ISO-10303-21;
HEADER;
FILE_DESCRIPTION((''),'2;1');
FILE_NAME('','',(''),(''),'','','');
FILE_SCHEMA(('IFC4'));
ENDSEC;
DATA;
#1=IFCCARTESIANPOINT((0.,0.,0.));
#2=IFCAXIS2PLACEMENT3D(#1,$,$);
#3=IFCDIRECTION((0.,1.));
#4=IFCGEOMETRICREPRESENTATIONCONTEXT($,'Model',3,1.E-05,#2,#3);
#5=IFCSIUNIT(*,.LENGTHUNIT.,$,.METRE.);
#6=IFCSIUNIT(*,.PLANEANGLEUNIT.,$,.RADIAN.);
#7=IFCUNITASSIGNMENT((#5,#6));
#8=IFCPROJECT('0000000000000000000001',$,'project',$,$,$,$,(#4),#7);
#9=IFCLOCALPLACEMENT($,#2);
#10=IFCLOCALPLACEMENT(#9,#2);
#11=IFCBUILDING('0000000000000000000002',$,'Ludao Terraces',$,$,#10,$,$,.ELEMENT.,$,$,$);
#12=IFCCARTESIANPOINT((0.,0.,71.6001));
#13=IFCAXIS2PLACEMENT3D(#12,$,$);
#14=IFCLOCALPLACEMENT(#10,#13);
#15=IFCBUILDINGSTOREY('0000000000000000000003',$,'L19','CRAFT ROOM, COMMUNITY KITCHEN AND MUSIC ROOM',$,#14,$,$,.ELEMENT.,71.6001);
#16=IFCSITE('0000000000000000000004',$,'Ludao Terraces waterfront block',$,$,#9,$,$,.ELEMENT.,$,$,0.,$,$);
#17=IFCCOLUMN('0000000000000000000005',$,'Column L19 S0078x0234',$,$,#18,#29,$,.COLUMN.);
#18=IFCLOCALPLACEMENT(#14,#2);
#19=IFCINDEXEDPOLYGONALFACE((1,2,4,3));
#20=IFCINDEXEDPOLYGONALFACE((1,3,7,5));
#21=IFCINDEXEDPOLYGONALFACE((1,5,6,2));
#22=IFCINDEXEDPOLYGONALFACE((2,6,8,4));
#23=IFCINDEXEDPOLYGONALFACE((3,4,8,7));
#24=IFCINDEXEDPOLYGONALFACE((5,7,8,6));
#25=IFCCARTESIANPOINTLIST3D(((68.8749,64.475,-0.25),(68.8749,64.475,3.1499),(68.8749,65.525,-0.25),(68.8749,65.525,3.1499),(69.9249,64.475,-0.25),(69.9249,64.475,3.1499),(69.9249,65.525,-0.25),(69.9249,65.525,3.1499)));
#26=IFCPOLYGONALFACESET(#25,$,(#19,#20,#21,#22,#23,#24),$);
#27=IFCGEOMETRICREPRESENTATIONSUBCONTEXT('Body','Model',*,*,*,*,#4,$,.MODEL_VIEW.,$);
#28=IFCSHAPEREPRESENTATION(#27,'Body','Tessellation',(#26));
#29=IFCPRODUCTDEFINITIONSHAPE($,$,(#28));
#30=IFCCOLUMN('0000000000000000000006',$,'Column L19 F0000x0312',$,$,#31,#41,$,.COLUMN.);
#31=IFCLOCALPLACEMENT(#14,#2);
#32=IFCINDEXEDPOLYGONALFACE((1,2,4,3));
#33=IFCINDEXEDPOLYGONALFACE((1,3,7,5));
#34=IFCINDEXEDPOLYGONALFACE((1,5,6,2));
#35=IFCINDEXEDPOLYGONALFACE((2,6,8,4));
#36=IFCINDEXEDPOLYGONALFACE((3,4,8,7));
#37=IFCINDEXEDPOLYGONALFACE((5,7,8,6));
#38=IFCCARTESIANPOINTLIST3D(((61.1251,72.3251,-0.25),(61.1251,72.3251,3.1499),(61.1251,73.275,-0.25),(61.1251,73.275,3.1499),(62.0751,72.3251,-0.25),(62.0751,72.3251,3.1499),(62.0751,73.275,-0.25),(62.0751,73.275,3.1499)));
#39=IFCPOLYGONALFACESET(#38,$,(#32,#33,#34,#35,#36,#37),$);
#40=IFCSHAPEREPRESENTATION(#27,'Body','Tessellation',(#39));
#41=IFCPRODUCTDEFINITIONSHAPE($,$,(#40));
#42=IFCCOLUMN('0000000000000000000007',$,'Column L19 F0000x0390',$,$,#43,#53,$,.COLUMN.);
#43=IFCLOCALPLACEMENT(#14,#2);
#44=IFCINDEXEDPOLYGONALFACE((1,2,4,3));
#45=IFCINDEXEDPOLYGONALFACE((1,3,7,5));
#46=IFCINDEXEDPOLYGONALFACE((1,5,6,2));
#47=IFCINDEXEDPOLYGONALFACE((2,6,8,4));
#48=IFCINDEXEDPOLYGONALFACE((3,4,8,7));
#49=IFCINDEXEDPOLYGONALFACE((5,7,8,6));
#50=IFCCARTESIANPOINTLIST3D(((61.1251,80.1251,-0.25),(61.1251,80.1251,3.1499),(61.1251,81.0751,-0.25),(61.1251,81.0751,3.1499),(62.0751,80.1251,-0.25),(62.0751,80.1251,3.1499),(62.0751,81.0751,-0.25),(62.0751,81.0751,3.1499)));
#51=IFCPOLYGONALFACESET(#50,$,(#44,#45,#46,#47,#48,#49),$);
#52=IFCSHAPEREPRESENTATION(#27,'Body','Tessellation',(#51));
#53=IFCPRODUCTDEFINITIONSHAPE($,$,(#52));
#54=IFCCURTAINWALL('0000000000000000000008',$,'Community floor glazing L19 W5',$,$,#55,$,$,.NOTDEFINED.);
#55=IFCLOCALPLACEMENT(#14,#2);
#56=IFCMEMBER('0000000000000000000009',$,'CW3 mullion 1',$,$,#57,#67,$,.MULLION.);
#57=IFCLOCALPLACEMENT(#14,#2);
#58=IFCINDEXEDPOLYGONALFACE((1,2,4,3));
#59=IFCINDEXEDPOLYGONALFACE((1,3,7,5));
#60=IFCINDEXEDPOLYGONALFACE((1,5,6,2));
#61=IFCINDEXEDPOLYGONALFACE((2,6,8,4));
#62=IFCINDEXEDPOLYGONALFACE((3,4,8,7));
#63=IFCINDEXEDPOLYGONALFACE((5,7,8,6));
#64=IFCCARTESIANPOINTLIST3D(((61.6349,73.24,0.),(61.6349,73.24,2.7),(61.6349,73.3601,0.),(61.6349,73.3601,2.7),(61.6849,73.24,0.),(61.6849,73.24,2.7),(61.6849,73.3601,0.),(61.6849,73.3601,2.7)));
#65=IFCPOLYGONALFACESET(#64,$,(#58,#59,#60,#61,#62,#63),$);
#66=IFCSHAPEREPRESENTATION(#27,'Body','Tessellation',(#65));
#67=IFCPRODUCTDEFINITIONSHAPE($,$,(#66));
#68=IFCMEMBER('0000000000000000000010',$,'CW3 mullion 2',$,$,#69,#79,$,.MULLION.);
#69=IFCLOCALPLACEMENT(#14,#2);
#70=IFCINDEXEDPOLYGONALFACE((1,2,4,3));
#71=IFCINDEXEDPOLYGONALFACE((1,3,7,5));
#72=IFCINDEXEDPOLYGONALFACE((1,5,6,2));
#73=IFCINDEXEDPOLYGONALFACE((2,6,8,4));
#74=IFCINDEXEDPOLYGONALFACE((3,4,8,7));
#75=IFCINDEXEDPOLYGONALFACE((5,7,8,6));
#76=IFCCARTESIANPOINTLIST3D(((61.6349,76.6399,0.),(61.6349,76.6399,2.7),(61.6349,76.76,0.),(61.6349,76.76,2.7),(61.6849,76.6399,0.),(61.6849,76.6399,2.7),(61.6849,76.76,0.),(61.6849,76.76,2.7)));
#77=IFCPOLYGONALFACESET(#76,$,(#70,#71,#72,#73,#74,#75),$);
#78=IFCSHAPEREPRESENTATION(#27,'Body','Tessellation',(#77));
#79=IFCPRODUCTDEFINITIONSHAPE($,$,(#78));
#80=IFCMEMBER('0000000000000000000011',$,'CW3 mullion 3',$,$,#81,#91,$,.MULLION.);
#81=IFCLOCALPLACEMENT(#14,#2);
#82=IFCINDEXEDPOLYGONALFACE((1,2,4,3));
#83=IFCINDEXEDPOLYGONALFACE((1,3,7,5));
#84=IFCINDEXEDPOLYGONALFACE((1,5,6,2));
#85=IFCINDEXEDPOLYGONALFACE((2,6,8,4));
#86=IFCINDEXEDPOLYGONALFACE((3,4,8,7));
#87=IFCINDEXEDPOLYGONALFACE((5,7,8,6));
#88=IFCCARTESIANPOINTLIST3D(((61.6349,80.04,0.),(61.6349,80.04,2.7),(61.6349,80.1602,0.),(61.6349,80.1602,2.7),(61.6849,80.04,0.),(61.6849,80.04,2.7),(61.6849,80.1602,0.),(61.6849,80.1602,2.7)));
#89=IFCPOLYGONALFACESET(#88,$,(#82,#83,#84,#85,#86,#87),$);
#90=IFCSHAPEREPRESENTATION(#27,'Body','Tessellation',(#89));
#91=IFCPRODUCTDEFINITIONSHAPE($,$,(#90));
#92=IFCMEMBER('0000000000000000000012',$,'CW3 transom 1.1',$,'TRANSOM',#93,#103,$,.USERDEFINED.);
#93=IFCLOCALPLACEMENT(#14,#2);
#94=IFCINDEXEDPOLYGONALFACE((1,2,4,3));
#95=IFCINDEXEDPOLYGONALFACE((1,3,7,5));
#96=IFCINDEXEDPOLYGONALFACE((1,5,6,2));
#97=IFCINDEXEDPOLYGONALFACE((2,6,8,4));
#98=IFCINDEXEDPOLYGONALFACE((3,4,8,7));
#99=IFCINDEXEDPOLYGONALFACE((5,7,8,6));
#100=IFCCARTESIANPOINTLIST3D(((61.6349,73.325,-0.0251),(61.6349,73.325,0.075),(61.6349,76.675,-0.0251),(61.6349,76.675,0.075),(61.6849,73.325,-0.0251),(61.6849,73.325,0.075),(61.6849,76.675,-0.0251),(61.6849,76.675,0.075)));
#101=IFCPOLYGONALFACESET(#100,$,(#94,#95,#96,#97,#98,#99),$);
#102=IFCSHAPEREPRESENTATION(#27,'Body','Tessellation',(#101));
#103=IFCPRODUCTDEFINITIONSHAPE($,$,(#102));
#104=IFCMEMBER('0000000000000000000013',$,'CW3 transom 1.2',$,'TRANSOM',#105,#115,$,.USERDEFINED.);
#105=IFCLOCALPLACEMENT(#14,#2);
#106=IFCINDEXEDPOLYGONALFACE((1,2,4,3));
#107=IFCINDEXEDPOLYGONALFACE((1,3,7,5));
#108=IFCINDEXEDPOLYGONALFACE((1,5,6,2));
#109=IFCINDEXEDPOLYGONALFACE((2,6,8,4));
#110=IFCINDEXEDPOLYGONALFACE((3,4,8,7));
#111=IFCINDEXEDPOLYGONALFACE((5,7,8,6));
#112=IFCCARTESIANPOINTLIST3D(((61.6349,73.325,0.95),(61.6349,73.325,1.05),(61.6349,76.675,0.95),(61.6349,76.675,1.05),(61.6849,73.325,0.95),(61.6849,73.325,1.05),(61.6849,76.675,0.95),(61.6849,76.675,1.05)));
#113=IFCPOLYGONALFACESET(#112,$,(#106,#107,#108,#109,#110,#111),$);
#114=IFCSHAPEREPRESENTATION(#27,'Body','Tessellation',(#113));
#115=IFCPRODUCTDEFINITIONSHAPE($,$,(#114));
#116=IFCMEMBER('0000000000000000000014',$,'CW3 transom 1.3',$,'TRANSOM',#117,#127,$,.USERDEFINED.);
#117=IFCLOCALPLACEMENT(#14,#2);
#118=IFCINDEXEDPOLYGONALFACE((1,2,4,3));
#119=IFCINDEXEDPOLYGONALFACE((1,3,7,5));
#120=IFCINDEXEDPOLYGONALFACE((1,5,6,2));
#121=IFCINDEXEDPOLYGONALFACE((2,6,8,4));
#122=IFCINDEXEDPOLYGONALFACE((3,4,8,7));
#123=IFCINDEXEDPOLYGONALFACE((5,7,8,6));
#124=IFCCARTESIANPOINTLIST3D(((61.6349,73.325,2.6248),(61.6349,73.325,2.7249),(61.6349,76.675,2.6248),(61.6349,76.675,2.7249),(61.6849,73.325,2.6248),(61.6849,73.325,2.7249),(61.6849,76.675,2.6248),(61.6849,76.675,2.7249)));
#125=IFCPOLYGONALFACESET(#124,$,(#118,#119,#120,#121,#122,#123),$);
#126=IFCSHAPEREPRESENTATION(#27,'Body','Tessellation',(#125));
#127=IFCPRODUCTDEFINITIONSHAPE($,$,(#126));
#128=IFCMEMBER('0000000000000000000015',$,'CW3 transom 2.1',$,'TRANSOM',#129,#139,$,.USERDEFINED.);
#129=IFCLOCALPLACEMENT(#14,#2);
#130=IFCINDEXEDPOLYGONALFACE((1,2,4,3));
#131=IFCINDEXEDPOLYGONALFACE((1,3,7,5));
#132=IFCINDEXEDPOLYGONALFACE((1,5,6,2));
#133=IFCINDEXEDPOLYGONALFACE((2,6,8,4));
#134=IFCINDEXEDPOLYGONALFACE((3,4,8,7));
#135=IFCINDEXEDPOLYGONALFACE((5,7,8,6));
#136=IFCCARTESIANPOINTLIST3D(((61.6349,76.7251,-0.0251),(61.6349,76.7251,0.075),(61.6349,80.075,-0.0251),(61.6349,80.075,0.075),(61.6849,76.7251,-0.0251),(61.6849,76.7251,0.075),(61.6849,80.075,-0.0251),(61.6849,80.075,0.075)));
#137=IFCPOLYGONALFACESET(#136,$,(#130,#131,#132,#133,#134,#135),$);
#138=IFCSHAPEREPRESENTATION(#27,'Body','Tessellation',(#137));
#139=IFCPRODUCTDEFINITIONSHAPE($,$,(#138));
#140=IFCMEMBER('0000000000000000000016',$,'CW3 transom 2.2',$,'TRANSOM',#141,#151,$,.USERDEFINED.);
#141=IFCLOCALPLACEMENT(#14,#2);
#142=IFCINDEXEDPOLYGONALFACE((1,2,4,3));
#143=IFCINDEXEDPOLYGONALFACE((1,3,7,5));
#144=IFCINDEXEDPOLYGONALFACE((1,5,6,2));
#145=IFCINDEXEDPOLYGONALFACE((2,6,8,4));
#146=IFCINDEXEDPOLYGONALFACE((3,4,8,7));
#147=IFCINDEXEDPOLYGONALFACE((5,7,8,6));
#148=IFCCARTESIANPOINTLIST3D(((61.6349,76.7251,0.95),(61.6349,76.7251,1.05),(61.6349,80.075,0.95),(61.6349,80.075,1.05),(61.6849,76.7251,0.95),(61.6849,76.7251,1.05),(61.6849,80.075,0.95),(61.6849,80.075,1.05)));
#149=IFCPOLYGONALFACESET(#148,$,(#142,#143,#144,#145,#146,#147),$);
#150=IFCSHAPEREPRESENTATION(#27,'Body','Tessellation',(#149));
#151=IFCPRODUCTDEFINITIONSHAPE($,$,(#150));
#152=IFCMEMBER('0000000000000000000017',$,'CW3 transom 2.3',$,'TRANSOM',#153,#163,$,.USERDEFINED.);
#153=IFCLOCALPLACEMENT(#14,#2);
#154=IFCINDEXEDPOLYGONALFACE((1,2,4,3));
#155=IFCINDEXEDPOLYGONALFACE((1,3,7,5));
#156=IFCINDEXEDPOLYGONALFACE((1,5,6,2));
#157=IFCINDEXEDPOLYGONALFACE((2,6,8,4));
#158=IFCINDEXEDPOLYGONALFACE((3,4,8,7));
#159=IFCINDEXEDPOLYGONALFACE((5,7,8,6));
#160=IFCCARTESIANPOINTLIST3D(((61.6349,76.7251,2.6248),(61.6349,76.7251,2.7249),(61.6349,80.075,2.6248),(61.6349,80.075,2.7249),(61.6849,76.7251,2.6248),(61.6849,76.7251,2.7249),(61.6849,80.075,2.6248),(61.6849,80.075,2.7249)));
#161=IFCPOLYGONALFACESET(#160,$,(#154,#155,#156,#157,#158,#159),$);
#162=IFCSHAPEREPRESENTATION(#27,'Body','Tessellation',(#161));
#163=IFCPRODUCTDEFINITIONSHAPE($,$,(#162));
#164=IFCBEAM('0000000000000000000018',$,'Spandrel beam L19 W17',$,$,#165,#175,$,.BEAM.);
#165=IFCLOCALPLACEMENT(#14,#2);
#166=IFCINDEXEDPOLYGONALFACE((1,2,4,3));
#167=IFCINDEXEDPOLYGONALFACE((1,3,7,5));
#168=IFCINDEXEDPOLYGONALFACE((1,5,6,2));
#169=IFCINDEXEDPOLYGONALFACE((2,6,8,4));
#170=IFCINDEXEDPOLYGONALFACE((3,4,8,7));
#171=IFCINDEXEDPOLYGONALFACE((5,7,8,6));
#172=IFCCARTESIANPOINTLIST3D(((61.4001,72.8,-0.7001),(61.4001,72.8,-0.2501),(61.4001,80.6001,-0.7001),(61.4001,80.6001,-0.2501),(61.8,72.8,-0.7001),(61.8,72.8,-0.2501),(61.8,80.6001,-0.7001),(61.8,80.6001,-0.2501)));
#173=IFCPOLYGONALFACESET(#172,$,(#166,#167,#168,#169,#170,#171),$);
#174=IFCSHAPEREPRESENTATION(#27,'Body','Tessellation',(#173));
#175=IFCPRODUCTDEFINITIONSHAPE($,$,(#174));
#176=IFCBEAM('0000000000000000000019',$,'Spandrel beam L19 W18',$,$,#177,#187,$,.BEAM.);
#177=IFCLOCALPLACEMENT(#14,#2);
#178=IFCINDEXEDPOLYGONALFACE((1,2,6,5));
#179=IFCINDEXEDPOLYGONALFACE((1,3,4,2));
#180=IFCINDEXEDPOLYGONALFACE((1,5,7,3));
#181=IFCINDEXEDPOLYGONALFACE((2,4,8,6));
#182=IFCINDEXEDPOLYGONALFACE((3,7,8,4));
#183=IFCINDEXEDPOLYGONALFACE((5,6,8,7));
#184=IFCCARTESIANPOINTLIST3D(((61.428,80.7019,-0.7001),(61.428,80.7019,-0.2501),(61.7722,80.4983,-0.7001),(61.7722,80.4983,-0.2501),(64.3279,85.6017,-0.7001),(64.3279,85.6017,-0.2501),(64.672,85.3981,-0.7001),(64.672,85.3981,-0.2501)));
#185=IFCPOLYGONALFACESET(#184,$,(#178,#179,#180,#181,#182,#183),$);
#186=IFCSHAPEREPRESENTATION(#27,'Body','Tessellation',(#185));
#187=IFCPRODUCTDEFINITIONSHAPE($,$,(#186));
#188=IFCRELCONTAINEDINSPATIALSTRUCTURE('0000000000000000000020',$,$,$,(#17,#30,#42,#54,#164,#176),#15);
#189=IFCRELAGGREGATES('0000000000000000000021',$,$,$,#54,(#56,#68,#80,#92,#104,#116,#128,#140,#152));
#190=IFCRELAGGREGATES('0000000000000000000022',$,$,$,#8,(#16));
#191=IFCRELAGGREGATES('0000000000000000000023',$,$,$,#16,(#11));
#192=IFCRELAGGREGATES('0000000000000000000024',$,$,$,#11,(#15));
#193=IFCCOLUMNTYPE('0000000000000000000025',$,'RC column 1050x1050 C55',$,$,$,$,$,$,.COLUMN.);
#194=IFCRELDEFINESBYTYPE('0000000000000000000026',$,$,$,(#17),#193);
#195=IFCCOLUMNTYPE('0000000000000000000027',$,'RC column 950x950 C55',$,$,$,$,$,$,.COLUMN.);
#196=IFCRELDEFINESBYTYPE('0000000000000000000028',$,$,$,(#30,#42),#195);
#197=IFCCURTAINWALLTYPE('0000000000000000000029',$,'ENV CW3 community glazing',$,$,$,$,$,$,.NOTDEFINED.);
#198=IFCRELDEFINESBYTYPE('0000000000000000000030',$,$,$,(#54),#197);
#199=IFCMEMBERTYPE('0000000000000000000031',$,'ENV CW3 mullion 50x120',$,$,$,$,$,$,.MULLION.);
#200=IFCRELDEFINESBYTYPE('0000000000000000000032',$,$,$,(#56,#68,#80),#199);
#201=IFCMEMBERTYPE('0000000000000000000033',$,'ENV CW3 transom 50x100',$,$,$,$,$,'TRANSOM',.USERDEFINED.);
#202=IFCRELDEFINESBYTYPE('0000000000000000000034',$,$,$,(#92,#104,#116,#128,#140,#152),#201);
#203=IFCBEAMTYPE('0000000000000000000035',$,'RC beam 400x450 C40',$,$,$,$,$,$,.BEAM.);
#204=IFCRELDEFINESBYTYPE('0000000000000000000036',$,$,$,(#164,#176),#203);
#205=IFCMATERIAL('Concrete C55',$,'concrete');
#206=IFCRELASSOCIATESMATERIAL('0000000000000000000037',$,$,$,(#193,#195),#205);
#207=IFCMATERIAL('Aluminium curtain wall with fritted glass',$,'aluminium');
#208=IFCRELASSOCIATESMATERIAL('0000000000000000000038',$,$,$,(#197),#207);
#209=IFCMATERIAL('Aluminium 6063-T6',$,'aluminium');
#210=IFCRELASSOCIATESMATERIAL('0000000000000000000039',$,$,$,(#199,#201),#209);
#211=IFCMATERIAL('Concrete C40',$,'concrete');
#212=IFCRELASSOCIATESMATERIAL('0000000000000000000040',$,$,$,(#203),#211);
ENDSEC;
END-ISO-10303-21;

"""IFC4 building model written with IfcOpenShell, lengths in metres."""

from ifc_helpers import new_model, si_unit, direction, frame, origin, origin_2d, place, context, subcontext, project, spatial, rectangle, extrude, material, material_profile, profile_set, type_object, element, aggregate, save


model = new_model("IFC4")

# Units and contexts
model_context = context("Model", 3, precision=1e-05, world=origin(), true_north=direction((0.0, 1.0)))
body_context = subcontext(model_context, "Body", "Model", "MODEL_VIEW")
ifc_project = project(units=[si_unit("LENGTHUNIT", "METRE"), si_unit("PLANEANGLEUNIT", "RADIAN")], contexts=[model_context])

# Site, building, storey
site_placement = place(None, origin())
site = spatial("IfcSite", under=ifc_project, at=site_placement, Name="Ludao Terraces waterfront block", CompositionType="ELEMENT", RefElevation=0.0)
building_placement = place(site_placement, origin())
building = spatial("IfcBuilding", under=site, at=building_placement, Name="Ludao Terraces", CompositionType="ELEMENT")
storey_placement = place(building_placement, frame((0.0, 0.0, 71.6001)))
storey = spatial("IfcBuildingStorey", under=building, at=storey_placement, Name="L19", Description="CRAFT ROOM, COMMUNITY KITCHEN AND MUSIC ROOM", CompositionType="ELEMENT", Elevation=71.6001)

# Columns
ifc_material_1 = material(Name="Concrete C55", Category="concrete")
ifc_material_profile_1 = material_profile(ifc_material_1, rectangle(XDim=1.05, YDim=1.05, at=origin_2d()), Name="1050 X 1050")
ifc_profile_set_1 = profile_set([ifc_material_profile_1], Name="Concrete C55")
column_type_1 = type_object("IfcColumnType", Name="RC column 1050x1050 C55", PredefinedType="COLUMN", material=ifc_profile_set_1)
column_placement = place(storey_placement, frame((69.3999, 65.0, -0.25), z_axis=(0.0, 0.0, 1.0), x_axis=(1.0, 0.0, 0.0)))
element("IfcColumn", 1, at=column_placement, inside=storey, type_object=column_type_1, Name="Column L19 S0078x0234", PredefinedType="COLUMN", context=body_context, shape_type="SweptSolid", body=[
    extrude(rectangle(XDim=1.05, YDim=1.05, at=origin_2d()), origin(), (0.0, 0.0, 1.0), 3.3999),
])
ifc_material_profile_2 = material_profile(ifc_material_1, rectangle(XDim=0.95, YDim=0.95, at=origin_2d()), Name="950 X 950")
ifc_profile_set_2 = profile_set([ifc_material_profile_2], Name="Concrete C55")
column_type_2 = type_object("IfcColumnType", Name="RC column 950x950 C55", PredefinedType="COLUMN", material=ifc_profile_set_2)
for number, where, z_axis, x_axis, name in (
    (2, (61.6001, 72.8, -0.25), (0.0, 0.0, 1.0), (1.0, 0.0, 0.0), "Column L19 F0000x0312"),
    (3, (61.6001, 80.6001, -0.25), (0.0, 0.0, 1.0), (1.0, 0.0, 0.0), "Column L19 F0000x0390"),
):
    element("IfcColumn", number, at=place(storey_placement, frame(where, z_axis=z_axis, x_axis=x_axis)), inside=storey, type_object=column_type_2, Name=name, PredefinedType="COLUMN", context=body_context, shape_type="SweptSolid", body=[
        extrude(rectangle(XDim=0.95, YDim=0.95, at=origin_2d()), origin(), (0.0, 0.0, 1.0), 3.3999),
    ])

# Curtain wall, members
ifc_material_2 = material(Name="Aluminium curtain wall with fritted glass", Category="aluminium")
curtain_wall_type = type_object("IfcCurtainWallType", Name="ENV CW3 community glazing", PredefinedType="NOTDEFINED", material=ifc_material_2)
curtain_wall_placement = place(storey_placement, origin())
curtain_wall = element("IfcCurtainWall", 4, at=curtain_wall_placement, inside=storey, type_object=curtain_wall_type, Name="Community floor glazing L19 W5", PredefinedType="NOTDEFINED")
ifc_material_3 = material(Name="Aluminium 6063-T6", Category="aluminium")
ifc_material_profile_3 = material_profile(ifc_material_3, rectangle(XDim=0.05, YDim=0.1201, at=origin_2d()), Name="50 X 120")
ifc_profile_set_3 = profile_set([ifc_material_profile_3], Name="Aluminium 6063-T6")
member_type_1 = type_object("IfcMemberType", Name="ENV CW3 mullion 50x120", PredefinedType="MULLION", material=ifc_profile_set_3)
member_1_placement = place(storey_placement, frame((61.6599, 73.3, 0.0), z_axis=(0.0, 0.0, 1.0), x_axis=(-1.0, 0.0, 0.0)))
member_1 = element("IfcMember", 5, at=member_1_placement, type_object=member_type_1, Name="CW3 mullion 1", PredefinedType="MULLION", context=body_context, shape_type="SweptSolid", body=[
    extrude(rectangle(XDim=0.05, YDim=0.1201, at=origin_2d()), origin(), (0.0, 0.0, 1.0), 2.7),
])
member_2_placement = place(storey_placement, frame((61.6599, 76.7, 0.0), z_axis=(0.0, 0.0, 1.0), x_axis=(-1.0, 0.0, 0.0)))
member_2 = element("IfcMember", 6, at=member_2_placement, type_object=member_type_1, Name="CW3 mullion 2", PredefinedType="MULLION", context=body_context, shape_type="SweptSolid", body=[
    extrude(rectangle(XDim=0.05, YDim=0.1201, at=origin_2d()), origin(), (0.0, 0.0, 1.0), 2.7),
])
member_3_placement = place(storey_placement, frame((61.6599, 80.1001, 0.0), z_axis=(0.0, 0.0, 1.0), x_axis=(-1.0, 0.0, 0.0)))
member_3 = element("IfcMember", 7, at=member_3_placement, type_object=member_type_1, Name="CW3 mullion 3", PredefinedType="MULLION", context=body_context, shape_type="SweptSolid", body=[
    extrude(rectangle(XDim=0.05, YDim=0.1201, at=origin_2d()), origin(), (0.0, 0.0, 1.0), 2.7),
])
ifc_material_profile_4 = material_profile(ifc_material_3, rectangle(XDim=0.05, YDim=0.1001, at=origin_2d()), Name="50 X 100")
ifc_profile_set_4 = profile_set([ifc_material_profile_4], Name="Aluminium 6063-T6")
member_type_2 = type_object("IfcMemberType", Name="ENV CW3 transom 50x100", ElementType="TRANSOM", PredefinedType="USERDEFINED", material=ifc_profile_set_4)
member_4_placement = place(storey_placement, frame((61.6599, 73.325, 0.0249), z_axis=(0.0, 1.0, 0.0), x_axis=(-1.0, 0.0, 0.0)))
member_4 = element("IfcMember", 8, at=member_4_placement, type_object=member_type_2, Name="CW3 transom 1.1", ObjectType="TRANSOM", PredefinedType="USERDEFINED", context=body_context, shape_type="SweptSolid", body=[
    extrude(rectangle(XDim=0.05, YDim=0.1001, at=origin_2d()), origin(), (0.0, 0.0, 1.0), 3.3501),
])
member_5_placement = place(storey_placement, frame((61.6599, 73.325, 1.0), z_axis=(0.0, 1.0, 0.0), x_axis=(-1.0, 0.0, 0.0)))
member_5 = element("IfcMember", 9, at=member_5_placement, type_object=member_type_2, Name="CW3 transom 1.2", ObjectType="TRANSOM", PredefinedType="USERDEFINED", context=body_context, shape_type="SweptSolid", body=[
    extrude(rectangle(XDim=0.05, YDim=0.1001, at=origin_2d()), origin(), (0.0, 0.0, 1.0), 3.3501),
])
member_6_placement = place(storey_placement, frame((61.6599, 73.325, 2.6748), z_axis=(0.0, 1.0, 0.0), x_axis=(-1.0, 0.0, 0.0)))
member_6 = element("IfcMember", 10, at=member_6_placement, type_object=member_type_2, Name="CW3 transom 1.3", ObjectType="TRANSOM", PredefinedType="USERDEFINED", context=body_context, shape_type="SweptSolid", body=[
    extrude(rectangle(XDim=0.05, YDim=0.1001, at=origin_2d()), origin(), (0.0, 0.0, 1.0), 3.3501),
])
member_7_placement = place(storey_placement, frame((61.6599, 76.7251, 0.0249), z_axis=(0.0, 1.0, 0.0), x_axis=(-1.0, 0.0, 0.0)))
member_7 = element("IfcMember", 11, at=member_7_placement, type_object=member_type_2, Name="CW3 transom 2.1", ObjectType="TRANSOM", PredefinedType="USERDEFINED", context=body_context, shape_type="SweptSolid", body=[
    extrude(rectangle(XDim=0.05, YDim=0.1001, at=origin_2d()), origin(), (0.0, 0.0, 1.0), 3.3499),
])
member_8_placement = place(storey_placement, frame((61.6599, 76.7251, 1.0), z_axis=(0.0, 1.0, 0.0), x_axis=(-1.0, 0.0, 0.0)))
member_8 = element("IfcMember", 12, at=member_8_placement, type_object=member_type_2, Name="CW3 transom 2.2", ObjectType="TRANSOM", PredefinedType="USERDEFINED", context=body_context, shape_type="SweptSolid", body=[
    extrude(rectangle(XDim=0.05, YDim=0.1001, at=origin_2d()), origin(), (0.0, 0.0, 1.0), 3.3499),
])
member_9_placement = place(storey_placement, frame((61.6599, 76.7251, 2.6748), z_axis=(0.0, 1.0, 0.0), x_axis=(-1.0, 0.0, 0.0)))
member_9 = element("IfcMember", 13, at=member_9_placement, type_object=member_type_2, Name="CW3 transom 2.3", ObjectType="TRANSOM", PredefinedType="USERDEFINED", context=body_context, shape_type="SweptSolid", body=[
    extrude(rectangle(XDim=0.05, YDim=0.1001, at=origin_2d()), origin(), (0.0, 0.0, 1.0), 3.3499),
])

# Beams
ifc_material_4 = material(Name="Concrete C40", Category="concrete")
ifc_material_profile_5 = material_profile(ifc_material_4, rectangle(XDim=0.3999, YDim=0.45, at=origin_2d()), Name="400 X 450")
ifc_profile_set_5 = profile_set([ifc_material_profile_5], Name="Concrete C40")
beam_type_1 = type_object("IfcBeamType", Name="RC beam 400x450 C40", PredefinedType="BEAM", material=ifc_profile_set_5)
beam_1_placement = place(storey_placement, frame((61.6001, 72.8, -0.4751), z_axis=(0.0, 1.0, 0.0), x_axis=(-1.0, 0.0, 0.0)))
element("IfcBeam", 14, at=beam_1_placement, inside=storey, type_object=beam_type_1, Name="Spandrel beam L19 W17", PredefinedType="BEAM", context=body_context, shape_type="SweptSolid", body=[
    extrude(rectangle(XDim=0.3999, YDim=0.45, at=origin_2d()), origin(), (0.0, 0.0, 1.0), 7.8),
])
beam_2_placement = place(storey_placement, frame((61.6001, 80.6001, -0.4751), z_axis=(0.509316, 0.86058, 0.0), x_axis=(-0.86058, 0.509316, 0.0)))
element("IfcBeam", 15, at=beam_2_placement, inside=storey, type_object=beam_type_1, Name="Spandrel beam L19 W18", PredefinedType="BEAM", context=body_context, shape_type="SweptSolid", body=[
    extrude(rectangle(XDim=0.3999, YDim=0.45, at=origin_2d()), origin(), (0.0, 0.0, 1.0), 5.6936),
])

aggregate(curtain_wall, [member_1, member_2, member_3, member_4, member_5, member_6, member_7, member_8, member_9])

save(model, "model.ifc")
